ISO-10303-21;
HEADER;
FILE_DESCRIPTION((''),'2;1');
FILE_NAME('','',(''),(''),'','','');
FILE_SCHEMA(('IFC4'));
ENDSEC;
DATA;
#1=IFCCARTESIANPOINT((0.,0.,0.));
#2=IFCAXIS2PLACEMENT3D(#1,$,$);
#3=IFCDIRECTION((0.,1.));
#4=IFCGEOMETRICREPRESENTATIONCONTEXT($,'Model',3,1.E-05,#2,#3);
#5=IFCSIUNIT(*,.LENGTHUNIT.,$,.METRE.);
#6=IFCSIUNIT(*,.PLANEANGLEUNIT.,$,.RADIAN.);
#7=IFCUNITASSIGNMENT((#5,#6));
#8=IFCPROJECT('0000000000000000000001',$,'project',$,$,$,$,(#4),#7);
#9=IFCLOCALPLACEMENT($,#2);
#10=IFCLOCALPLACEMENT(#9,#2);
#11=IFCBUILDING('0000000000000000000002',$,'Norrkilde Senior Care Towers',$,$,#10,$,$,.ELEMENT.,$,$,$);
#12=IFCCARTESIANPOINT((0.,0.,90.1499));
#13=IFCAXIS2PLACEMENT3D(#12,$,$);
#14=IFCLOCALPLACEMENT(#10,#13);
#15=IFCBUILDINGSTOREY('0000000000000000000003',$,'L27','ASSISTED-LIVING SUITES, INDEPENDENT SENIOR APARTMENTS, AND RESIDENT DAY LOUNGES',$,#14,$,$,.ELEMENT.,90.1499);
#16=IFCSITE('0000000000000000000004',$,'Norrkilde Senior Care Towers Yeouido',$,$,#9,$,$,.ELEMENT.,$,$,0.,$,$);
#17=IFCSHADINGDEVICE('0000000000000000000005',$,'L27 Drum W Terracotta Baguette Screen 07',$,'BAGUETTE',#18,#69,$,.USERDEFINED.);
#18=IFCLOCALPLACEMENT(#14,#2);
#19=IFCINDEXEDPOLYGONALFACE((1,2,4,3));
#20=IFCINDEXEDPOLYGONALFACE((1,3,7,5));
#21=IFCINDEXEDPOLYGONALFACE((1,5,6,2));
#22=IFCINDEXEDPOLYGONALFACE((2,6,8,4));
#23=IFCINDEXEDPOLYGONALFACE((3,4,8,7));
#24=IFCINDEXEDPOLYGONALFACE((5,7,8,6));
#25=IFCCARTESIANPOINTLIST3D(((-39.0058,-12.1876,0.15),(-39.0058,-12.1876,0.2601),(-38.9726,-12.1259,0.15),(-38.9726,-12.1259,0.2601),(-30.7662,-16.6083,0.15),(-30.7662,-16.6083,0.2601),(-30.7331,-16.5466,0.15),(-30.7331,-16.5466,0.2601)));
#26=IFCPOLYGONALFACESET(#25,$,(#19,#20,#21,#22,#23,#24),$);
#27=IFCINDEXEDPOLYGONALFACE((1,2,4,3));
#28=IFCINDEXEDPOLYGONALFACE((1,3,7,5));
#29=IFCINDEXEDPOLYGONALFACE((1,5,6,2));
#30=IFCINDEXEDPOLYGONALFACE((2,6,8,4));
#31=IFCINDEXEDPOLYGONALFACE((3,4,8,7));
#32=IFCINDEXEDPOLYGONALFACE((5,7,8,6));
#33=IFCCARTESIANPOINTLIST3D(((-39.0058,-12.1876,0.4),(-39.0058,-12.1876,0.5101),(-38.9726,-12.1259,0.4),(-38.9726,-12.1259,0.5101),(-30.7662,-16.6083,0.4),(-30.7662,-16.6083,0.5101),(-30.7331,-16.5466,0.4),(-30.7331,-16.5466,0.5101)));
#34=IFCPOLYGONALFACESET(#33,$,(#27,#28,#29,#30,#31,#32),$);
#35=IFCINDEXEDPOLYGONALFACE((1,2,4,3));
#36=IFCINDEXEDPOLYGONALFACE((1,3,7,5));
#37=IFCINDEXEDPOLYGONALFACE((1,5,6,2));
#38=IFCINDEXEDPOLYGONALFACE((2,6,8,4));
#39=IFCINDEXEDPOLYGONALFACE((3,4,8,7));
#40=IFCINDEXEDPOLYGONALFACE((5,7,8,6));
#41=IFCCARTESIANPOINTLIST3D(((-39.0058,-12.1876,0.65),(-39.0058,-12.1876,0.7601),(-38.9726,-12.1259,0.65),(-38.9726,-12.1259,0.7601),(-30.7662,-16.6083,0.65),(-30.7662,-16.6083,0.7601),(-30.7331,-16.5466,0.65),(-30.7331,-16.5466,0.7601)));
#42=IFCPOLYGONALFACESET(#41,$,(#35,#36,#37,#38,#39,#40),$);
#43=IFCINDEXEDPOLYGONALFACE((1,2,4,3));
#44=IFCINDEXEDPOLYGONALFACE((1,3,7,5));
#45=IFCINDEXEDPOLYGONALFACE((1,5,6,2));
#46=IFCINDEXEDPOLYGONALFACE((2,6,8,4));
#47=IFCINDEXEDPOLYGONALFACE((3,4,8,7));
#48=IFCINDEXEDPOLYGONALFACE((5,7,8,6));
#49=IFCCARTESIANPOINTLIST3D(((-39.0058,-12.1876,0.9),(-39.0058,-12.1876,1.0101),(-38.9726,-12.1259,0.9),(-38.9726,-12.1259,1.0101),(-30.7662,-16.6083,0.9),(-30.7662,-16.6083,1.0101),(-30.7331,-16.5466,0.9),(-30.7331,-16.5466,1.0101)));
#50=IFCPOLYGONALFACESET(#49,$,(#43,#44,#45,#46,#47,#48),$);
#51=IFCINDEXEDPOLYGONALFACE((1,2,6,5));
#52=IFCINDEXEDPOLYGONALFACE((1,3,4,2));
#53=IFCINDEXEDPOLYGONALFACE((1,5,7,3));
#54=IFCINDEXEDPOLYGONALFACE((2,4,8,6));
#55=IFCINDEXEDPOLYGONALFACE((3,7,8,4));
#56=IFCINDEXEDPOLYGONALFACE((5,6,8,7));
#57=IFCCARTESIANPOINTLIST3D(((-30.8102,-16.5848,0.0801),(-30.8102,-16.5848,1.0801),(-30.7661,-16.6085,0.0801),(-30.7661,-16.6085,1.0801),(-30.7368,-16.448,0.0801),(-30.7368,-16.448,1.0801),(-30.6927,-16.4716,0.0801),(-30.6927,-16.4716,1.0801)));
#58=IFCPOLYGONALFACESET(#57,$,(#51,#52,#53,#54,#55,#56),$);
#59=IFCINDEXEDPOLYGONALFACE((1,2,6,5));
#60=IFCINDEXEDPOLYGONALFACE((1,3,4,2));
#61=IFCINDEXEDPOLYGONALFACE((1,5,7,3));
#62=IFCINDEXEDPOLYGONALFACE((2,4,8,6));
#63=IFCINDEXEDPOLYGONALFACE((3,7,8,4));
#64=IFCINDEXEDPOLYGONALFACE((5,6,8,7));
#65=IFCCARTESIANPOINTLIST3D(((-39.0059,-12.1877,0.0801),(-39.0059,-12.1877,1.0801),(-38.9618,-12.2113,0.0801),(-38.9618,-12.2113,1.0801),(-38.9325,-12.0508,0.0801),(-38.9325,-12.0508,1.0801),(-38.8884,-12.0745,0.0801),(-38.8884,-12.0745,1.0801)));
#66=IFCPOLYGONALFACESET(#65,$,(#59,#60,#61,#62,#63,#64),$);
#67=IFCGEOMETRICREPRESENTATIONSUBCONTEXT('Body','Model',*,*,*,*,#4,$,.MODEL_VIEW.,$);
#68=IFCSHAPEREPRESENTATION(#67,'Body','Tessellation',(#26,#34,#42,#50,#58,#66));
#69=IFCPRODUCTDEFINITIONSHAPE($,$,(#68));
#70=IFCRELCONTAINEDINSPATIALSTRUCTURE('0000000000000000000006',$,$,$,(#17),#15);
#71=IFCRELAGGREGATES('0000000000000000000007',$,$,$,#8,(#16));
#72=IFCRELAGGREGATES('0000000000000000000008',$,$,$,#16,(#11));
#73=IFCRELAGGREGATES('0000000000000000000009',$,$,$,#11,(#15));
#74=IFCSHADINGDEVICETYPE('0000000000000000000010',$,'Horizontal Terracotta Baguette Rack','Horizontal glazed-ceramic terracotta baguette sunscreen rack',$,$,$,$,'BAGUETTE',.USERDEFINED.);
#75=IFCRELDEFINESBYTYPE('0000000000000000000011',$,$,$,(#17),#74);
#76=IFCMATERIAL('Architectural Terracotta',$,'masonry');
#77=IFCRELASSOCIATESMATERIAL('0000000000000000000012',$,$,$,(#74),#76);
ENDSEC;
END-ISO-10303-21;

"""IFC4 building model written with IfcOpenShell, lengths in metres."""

from ifc_helpers import new_model, si_unit, direction, frame, origin, origin_2d, place, context, subcontext, project, spatial, rectangle, extrude, source, transform, mapped, material, type_object, type_shapes, element, save


model = new_model("IFC4")

# Units and contexts
model_context = context("Model", 3, precision=1e-05, world=origin(), true_north=direction((0.0, 1.0)))
body_context = subcontext(model_context, "Body", "Model", "MODEL_VIEW")
ifc_project = project(units=[si_unit("LENGTHUNIT", "METRE"), si_unit("PLANEANGLEUNIT", "RADIAN")], contexts=[model_context])

# Site, building, storey
site_placement = place(None, origin())
site = spatial("IfcSite", under=ifc_project, at=site_placement, Name="Norrkilde Senior Care Towers Yeouido", CompositionType="ELEMENT", RefElevation=0.0)
building_placement = place(site_placement, origin())
building = spatial("IfcBuilding", under=site, at=building_placement, Name="Norrkilde Senior Care Towers", CompositionType="ELEMENT")
storey_placement = place(building_placement, frame((0.0, 0.0, 90.1499)))
storey = spatial("IfcBuildingStorey", under=building, at=storey_placement, Name="L27", Description="ASSISTED-LIVING SUITES, INDEPENDENT SENIOR APARTMENTS, AND RESIDENT DAY LOUNGES", CompositionType="ELEMENT", Elevation=90.1499)

# Shading device
ifc_material_1 = material(Name="Architectural Terracotta", Category="masonry")
shading_device_type = type_object("IfcShadingDeviceType", Name="Horizontal Terracotta Baguette Rack", Description="Horizontal glazed-ceramic terracotta baguette sunscreen rack", ElementType="BAGUETTE", PredefinedType="USERDEFINED", material=ifc_material_1)
shared_shape_1 = source(origin(), body_context, "Body", "SweptSolid", [
    extrude(rectangle(XDim=0.0701, YDim=0.1101, at=origin_2d()), frame((0.0, 0.0901, 0.125), z_axis=(1.0, 0.0, 0.0), x_axis=(0.0, 1.0, 0.0)), (0.0, 0.0, 1.0), 9.3506),
    extrude(rectangle(XDim=0.0701, YDim=0.1101, at=origin_2d()), frame((0.0, 0.0901, 0.375), z_axis=(1.0, 0.0, 0.0), x_axis=(0.0, 1.0, 0.0)), (0.0, 0.0, 1.0), 9.3506),
    extrude(rectangle(XDim=0.0701, YDim=0.1101, at=origin_2d()), frame((0.0, 0.0901, 0.625), z_axis=(1.0, 0.0, 0.0), x_axis=(0.0, 1.0, 0.0)), (0.0, 0.0, 1.0), 9.3506),
    extrude(rectangle(XDim=0.0701, YDim=0.1101, at=origin_2d()), frame((0.0, 0.0901, 0.875), z_axis=(1.0, 0.0, 0.0), x_axis=(0.0, 1.0, 0.0)), (0.0, 0.0, 1.0), 9.3506),
    extrude(rectangle(XDim=0.05, YDim=0.1553, at=origin_2d()), frame((0.0249, 0.0476, 0.0)), (0.0, 0.0, 1.0), 1.0),
    extrude(rectangle(XDim=0.05, YDim=0.1553, at=origin_2d()), frame((9.3257, 0.0476, 0.0)), (0.0, 0.0, 1.0), 1.0),
])
type_shapes(shading_device_type, [shared_shape_1])
shading_device_placement = place(storey_placement, frame((-30.707, -16.498, 0.0801), z_axis=(0.0, 0.0, 1.0), x_axis=(-0.881175, 0.472768, 0.0)))
element("IfcShadingDevice", 1, at=shading_device_placement, inside=storey, type_object=shading_device_type, Name="L27 Drum W Terracotta Baguette Screen 07", ObjectType="BAGUETTE", PredefinedType="USERDEFINED", context=body_context, shape_type="MappedRepresentation", body=[
    mapped(shared_shape_1, transform((0.0, 0.0, 0.0), x_axis=(1.0, 0.0, 0.0), y_axis=(0.0, 1.0, 0.0), z_axis=(0.0, 0.0, 1.0), scale=1.0)),
])

save(model, "model.ifc")
